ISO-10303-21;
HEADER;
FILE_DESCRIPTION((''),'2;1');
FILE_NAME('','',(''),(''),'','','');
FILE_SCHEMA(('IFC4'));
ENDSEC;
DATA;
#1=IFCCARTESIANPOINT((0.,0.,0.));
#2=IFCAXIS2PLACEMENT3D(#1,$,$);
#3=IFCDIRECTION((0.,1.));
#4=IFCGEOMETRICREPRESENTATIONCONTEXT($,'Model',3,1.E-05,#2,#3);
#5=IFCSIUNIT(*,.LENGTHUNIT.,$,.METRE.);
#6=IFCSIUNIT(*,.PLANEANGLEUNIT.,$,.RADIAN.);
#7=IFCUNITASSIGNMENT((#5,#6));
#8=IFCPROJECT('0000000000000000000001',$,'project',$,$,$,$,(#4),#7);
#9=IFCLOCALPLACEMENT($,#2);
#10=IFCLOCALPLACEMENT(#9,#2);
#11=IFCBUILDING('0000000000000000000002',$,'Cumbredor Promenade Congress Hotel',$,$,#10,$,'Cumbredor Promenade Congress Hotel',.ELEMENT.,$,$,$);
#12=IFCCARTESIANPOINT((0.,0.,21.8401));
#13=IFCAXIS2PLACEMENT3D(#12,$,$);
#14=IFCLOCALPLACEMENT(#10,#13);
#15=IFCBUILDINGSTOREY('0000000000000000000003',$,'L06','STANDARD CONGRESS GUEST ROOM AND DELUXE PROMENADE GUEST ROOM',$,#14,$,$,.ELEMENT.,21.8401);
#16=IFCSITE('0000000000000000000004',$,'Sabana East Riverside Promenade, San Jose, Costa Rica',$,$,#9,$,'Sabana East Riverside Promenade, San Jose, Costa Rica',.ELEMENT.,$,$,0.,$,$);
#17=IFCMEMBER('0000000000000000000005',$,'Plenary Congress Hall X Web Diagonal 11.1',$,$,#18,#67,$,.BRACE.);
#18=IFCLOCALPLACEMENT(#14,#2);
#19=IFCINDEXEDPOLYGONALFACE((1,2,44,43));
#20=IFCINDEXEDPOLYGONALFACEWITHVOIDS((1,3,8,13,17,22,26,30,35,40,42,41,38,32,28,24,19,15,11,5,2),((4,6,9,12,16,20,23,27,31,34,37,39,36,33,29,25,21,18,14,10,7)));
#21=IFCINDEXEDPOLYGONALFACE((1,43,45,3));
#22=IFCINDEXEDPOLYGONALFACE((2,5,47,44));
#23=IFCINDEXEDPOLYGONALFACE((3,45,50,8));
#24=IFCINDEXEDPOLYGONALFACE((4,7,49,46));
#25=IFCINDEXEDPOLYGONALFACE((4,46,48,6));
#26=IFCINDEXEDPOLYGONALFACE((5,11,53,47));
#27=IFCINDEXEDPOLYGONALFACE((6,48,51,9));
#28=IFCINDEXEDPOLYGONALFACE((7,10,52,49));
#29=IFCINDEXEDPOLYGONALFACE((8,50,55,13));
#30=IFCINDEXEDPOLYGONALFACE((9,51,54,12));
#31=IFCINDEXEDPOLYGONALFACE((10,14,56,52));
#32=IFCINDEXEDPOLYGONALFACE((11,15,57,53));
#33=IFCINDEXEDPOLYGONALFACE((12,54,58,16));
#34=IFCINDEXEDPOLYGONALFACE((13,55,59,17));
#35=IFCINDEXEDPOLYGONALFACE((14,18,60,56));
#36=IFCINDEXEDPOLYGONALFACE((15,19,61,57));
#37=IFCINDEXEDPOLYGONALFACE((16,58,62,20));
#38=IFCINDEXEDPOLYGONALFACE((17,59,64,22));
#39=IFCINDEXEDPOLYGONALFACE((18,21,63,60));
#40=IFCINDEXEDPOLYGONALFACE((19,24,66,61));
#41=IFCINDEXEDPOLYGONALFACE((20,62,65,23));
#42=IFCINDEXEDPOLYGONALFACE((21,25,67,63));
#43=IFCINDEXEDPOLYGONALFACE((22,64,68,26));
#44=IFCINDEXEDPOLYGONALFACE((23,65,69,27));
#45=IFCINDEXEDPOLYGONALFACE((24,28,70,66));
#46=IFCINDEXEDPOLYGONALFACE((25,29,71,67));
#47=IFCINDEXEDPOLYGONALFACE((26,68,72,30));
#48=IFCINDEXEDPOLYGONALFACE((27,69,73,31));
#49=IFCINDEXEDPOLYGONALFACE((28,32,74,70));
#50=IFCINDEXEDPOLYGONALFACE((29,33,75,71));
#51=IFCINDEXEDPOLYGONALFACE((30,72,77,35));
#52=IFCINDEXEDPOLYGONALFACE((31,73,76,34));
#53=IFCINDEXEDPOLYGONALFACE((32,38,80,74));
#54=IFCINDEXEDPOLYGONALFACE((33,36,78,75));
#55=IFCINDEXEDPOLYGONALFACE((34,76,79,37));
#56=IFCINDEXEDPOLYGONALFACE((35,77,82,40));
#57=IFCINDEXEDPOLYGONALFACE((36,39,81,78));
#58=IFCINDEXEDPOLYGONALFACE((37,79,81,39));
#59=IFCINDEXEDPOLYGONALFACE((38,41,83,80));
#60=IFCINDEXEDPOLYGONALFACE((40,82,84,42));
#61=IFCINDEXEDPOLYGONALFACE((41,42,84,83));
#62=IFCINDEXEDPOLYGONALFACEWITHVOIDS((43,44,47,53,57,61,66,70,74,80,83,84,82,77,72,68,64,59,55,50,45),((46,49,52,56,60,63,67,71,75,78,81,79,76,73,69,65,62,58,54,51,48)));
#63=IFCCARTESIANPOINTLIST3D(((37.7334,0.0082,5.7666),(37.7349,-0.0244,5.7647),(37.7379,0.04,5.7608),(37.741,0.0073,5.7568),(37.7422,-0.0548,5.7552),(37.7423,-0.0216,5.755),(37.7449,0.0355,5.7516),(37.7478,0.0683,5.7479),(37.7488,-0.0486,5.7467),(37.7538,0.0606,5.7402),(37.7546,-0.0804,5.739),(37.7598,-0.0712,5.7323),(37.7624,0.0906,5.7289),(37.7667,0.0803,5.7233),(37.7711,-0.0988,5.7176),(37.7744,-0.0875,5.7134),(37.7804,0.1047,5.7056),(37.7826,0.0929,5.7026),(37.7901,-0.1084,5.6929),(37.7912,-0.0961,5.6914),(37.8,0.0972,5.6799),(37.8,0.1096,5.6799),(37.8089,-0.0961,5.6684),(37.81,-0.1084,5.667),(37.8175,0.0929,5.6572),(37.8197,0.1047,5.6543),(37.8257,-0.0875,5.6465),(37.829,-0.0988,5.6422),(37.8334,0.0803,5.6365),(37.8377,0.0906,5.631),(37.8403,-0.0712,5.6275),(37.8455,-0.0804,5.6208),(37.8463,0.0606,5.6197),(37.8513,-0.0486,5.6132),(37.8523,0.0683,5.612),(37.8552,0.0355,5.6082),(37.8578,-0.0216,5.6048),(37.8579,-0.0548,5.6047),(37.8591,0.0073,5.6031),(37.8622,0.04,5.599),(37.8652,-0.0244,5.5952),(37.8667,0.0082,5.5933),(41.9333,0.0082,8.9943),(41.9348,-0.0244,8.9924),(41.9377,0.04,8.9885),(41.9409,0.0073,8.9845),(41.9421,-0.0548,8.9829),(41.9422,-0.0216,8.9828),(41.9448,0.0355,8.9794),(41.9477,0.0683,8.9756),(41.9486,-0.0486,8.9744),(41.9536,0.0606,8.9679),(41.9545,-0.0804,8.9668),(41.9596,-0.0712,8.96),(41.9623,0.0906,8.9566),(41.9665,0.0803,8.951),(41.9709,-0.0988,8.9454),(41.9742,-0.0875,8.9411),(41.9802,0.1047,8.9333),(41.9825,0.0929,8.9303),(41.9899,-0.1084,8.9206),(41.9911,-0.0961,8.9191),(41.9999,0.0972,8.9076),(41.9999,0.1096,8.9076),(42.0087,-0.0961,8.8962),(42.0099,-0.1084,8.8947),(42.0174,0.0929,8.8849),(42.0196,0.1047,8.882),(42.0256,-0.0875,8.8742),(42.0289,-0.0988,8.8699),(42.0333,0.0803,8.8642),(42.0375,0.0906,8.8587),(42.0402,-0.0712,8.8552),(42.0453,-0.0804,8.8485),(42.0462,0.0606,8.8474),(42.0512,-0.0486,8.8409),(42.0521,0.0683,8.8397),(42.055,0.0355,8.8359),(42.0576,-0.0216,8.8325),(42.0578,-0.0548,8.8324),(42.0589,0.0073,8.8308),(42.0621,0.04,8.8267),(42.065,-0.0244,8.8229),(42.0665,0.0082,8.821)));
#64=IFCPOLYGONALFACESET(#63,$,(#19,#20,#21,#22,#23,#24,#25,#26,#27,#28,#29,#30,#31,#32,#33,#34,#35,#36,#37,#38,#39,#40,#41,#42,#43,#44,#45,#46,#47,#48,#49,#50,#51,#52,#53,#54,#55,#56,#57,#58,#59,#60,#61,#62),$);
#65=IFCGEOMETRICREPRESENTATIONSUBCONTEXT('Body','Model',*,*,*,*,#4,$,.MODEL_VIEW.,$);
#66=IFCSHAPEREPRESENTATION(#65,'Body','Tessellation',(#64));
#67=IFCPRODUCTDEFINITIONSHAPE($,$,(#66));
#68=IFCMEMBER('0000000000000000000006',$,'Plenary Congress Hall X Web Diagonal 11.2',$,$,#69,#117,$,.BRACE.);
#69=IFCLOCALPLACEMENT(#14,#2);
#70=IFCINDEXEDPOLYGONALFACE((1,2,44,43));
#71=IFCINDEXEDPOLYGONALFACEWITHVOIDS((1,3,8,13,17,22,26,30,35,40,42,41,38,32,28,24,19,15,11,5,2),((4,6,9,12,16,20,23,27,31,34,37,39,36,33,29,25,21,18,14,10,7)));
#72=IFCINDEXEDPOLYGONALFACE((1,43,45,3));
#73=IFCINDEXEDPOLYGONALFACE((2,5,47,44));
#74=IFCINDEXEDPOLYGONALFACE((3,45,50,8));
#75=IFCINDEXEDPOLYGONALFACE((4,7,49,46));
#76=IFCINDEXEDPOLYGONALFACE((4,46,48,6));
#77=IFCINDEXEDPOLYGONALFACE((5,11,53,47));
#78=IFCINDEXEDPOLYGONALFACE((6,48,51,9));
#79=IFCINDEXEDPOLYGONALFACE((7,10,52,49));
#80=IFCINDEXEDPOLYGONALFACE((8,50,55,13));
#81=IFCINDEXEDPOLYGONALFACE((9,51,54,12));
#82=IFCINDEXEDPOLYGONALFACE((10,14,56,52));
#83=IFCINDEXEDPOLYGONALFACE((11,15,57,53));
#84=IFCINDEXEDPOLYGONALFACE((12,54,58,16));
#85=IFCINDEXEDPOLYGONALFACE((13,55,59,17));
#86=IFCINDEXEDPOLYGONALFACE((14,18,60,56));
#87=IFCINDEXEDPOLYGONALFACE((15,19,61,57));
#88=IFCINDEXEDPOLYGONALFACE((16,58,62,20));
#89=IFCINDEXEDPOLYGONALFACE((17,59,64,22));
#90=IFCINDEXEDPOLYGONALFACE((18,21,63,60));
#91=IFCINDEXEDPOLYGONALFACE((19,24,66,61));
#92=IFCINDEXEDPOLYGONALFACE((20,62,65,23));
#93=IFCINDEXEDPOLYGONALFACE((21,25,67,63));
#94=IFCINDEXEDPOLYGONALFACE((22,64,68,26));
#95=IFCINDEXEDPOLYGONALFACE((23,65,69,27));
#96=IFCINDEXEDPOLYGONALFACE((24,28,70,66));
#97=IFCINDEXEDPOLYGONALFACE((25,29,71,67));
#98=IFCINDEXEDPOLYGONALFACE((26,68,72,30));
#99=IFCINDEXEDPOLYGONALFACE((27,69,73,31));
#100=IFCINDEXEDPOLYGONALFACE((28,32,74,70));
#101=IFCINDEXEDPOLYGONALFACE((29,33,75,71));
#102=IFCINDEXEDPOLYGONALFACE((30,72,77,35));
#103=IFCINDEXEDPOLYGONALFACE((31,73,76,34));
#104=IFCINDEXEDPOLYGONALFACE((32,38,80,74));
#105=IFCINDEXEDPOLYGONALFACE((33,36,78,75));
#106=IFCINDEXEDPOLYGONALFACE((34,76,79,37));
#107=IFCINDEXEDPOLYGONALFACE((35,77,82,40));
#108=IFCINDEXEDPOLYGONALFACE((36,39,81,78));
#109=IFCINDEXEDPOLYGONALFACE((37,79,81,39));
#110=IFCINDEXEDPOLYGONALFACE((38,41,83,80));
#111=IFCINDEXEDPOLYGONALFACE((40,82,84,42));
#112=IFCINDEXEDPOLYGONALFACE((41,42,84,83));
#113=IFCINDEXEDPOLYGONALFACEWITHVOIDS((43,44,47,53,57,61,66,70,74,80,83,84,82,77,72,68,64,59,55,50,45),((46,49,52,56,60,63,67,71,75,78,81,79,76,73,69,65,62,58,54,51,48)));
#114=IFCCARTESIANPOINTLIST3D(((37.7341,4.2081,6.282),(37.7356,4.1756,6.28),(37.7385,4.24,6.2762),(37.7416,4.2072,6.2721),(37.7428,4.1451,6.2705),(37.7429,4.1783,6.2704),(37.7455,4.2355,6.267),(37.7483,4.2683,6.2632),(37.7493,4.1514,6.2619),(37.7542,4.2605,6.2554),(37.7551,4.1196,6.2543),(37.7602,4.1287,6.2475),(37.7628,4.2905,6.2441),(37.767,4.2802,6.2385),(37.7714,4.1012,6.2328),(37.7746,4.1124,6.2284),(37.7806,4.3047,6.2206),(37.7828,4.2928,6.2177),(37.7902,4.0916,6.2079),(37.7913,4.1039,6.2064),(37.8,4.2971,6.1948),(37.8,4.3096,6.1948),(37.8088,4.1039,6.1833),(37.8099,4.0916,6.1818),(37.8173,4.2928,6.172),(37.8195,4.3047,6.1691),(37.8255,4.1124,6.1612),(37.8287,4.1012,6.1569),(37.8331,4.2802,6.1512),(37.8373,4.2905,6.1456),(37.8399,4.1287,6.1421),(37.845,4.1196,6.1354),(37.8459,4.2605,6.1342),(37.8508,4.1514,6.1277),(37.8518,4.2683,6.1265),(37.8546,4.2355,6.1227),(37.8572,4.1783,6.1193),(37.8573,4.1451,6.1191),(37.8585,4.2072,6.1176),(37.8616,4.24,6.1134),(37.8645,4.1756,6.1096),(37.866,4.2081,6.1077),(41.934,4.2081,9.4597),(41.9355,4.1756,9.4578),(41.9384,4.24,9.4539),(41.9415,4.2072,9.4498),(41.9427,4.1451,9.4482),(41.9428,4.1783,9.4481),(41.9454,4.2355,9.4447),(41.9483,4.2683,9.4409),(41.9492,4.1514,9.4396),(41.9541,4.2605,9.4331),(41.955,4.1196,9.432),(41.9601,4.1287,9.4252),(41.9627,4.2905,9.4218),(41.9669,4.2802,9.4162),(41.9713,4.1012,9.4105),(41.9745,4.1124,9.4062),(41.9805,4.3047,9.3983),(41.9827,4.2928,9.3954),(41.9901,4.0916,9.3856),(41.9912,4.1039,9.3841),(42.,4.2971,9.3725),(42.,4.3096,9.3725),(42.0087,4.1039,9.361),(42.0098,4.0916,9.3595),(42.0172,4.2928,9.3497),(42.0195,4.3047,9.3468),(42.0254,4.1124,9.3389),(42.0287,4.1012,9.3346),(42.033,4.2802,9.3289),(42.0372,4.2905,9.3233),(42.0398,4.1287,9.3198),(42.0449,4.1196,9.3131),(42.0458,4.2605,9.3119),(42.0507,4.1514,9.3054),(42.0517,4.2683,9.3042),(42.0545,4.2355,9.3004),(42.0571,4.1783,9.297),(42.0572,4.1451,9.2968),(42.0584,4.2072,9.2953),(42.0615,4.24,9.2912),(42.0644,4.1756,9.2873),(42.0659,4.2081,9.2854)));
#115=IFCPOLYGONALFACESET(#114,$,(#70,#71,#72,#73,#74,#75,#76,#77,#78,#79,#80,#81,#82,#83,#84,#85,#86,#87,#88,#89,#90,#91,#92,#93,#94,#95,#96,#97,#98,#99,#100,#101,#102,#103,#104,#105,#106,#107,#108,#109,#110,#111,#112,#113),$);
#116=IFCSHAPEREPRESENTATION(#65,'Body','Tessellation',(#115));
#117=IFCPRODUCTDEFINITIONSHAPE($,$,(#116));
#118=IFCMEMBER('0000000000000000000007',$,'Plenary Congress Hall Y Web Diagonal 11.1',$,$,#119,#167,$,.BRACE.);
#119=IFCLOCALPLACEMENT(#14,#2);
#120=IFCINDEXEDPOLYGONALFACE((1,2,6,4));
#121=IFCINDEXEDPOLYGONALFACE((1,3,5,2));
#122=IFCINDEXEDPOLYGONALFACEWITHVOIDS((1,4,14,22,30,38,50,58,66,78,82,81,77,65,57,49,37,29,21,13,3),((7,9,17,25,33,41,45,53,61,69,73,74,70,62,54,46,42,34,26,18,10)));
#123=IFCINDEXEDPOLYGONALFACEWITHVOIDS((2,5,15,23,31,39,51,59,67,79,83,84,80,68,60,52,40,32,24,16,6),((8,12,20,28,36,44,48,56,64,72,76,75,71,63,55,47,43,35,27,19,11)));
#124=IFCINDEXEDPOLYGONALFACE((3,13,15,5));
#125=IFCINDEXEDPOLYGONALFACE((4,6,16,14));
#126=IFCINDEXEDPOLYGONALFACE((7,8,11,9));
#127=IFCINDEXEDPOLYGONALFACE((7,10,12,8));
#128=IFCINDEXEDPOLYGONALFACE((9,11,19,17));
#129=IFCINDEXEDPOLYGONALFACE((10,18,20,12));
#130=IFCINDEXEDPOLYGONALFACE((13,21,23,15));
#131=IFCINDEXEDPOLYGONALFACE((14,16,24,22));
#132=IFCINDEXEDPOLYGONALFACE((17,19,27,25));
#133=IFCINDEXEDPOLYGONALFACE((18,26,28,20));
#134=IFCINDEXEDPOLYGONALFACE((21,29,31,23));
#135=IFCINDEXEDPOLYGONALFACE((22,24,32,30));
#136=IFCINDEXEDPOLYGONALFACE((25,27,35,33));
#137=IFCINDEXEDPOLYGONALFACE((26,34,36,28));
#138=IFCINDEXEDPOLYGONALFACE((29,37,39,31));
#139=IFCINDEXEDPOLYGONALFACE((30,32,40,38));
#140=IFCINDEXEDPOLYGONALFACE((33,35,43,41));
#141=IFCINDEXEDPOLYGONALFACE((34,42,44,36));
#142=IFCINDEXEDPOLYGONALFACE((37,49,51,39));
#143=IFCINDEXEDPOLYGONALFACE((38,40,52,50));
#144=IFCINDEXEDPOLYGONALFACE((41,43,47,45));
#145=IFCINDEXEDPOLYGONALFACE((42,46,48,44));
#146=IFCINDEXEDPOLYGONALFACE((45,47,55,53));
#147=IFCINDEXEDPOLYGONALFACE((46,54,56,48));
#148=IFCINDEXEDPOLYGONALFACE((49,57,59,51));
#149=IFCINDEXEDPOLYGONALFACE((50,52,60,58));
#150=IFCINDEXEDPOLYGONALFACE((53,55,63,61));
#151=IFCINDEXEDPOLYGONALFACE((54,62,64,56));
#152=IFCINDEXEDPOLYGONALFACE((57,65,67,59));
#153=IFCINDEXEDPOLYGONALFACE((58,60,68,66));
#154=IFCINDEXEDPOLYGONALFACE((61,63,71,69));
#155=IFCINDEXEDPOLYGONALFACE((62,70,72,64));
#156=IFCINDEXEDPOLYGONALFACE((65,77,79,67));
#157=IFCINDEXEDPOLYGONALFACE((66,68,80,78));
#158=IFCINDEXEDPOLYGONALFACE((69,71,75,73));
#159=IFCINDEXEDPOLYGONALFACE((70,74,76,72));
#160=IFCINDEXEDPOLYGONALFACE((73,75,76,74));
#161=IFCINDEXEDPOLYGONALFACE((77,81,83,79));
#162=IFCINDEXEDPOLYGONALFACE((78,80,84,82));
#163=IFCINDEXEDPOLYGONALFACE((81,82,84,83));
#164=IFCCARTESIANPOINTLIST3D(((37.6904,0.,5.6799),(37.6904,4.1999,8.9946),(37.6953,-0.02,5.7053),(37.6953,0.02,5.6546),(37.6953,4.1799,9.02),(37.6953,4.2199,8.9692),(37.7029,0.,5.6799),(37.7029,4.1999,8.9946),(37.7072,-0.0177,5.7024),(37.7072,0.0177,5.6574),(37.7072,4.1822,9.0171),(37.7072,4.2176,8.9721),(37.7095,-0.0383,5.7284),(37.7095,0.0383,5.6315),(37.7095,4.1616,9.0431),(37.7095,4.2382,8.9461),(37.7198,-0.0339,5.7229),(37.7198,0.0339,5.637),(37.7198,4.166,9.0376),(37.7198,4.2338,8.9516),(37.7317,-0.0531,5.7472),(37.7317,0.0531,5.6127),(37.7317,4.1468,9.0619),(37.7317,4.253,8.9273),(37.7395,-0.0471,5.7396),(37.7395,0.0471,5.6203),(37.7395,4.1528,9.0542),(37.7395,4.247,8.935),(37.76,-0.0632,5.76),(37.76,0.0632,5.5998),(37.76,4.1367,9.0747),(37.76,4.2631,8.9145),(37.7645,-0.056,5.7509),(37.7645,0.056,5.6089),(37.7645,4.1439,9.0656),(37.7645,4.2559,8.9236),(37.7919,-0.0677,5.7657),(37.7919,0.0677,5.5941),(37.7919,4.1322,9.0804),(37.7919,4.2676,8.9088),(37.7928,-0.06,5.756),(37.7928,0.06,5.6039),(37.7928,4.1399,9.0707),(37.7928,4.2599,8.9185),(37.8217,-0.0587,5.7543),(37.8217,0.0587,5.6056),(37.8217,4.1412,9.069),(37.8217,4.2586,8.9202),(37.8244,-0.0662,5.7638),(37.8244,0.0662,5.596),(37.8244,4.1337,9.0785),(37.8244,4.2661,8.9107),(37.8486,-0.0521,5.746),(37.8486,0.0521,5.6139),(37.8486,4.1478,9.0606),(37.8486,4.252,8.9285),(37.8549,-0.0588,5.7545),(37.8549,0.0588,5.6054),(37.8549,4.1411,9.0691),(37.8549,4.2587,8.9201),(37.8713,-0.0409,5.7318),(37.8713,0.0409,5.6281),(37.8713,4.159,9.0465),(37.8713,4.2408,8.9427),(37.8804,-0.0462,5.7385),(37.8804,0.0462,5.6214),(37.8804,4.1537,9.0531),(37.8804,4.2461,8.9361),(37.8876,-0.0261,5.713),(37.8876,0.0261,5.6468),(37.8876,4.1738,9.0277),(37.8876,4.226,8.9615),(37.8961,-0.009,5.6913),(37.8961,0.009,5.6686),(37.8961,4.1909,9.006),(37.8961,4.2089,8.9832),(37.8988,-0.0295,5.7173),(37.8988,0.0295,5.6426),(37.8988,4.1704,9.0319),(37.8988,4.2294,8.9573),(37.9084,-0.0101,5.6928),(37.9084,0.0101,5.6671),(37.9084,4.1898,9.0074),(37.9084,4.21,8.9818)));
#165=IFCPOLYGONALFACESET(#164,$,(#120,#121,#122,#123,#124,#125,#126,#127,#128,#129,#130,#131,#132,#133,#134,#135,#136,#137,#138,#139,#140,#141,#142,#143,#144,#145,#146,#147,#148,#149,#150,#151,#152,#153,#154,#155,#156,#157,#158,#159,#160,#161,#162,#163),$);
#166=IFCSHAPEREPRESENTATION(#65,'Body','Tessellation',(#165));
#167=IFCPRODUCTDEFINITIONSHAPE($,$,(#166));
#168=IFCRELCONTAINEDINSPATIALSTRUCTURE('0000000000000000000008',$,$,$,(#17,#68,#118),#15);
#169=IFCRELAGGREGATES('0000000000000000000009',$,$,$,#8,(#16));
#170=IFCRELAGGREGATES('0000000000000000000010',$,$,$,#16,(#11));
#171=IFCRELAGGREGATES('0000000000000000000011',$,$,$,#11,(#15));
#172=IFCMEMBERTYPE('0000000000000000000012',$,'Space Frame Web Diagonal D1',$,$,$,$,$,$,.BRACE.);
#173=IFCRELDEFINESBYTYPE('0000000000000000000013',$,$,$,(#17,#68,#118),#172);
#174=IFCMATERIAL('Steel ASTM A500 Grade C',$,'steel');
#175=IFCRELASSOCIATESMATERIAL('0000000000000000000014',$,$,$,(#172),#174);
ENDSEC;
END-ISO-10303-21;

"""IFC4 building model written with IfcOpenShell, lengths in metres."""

from ifc_helpers import new_model, si_unit, direction, frame, origin, origin_2d, place, context, subcontext, project, spatial, hollow_circle, extrude, material, material_profile, profile_set, type_object, element, save


model = new_model("IFC4")

# Units and contexts
model_context = context("Model", 3, precision=1e-05, world=origin(), true_north=direction((0.0, 1.0)))
body_context = subcontext(model_context, "Body", "Model", "MODEL_VIEW")
ifc_project = project(units=[si_unit("LENGTHUNIT", "METRE"), si_unit("PLANEANGLEUNIT", "RADIAN")], contexts=[model_context])

# Site, building, storey
site_placement = place(None, origin())
site = spatial("IfcSite", under=ifc_project, at=site_placement, Name="Sabana East Riverside Promenade, San Jose, Costa Rica", LongName="Sabana East Riverside Promenade, San Jose, Costa Rica", CompositionType="ELEMENT", RefElevation=0.0)
building_placement = place(site_placement, origin())
building = spatial("IfcBuilding", under=site, at=building_placement, Name="Cumbredor Promenade Congress Hotel", LongName="Cumbredor Promenade Congress Hotel", CompositionType="ELEMENT")
storey_placement = place(building_placement, frame((0.0, 0.0, 21.8401)))
storey = spatial("IfcBuildingStorey", under=building, at=storey_placement, Name="L06", Description="STANDARD CONGRESS GUEST ROOM AND DELUXE PROMENADE GUEST ROOM", CompositionType="ELEMENT", Elevation=21.8401)

# Members
ifc_material_1 = material(Name="Steel ASTM A500 Grade C", Category="steel")
ifc_material_profile_1 = material_profile(ifc_material_1, hollow_circle(Radius=0.1096, WallThickness=0.0125, at=origin_2d()), Name="CHS 219.1x12.5")
ifc_profile_set_1 = profile_set([ifc_material_profile_1], Name="Steel ASTM A500 Grade C")
member_type_1 = type_object("IfcMemberType", Name="Space Frame Web Diagonal D1", PredefinedType="BRACE", material=ifc_profile_set_1)
member_1_placement = place(storey_placement, frame((37.8, 0.0, 5.6799), z_axis=(0.792893, 0.0, 0.609361), x_axis=(0.0, 1.0, 0.0)))
element("IfcMember", 1, at=member_1_placement, inside=storey, type_object=member_type_1, Name="Plenary Congress Hall X Web Diagonal 11.1", PredefinedType="BRACE", context=body_context, shape_type="SweptSolid", body=[
    extrude(hollow_circle(Radius=0.1096, WallThickness=0.0125, at=origin_2d()), origin(), (0.0, 0.0, 1.0), 5.2969),
])
member_2_placement = place(storey_placement, frame((37.8, 4.2, 6.1948), z_axis=(0.797462, 0.0, 0.603369), x_axis=(0.0, 1.0, 0.0)))
element("IfcMember", 2, at=member_2_placement, inside=storey, type_object=member_type_1, Name="Plenary Congress Hall X Web Diagonal 11.2", PredefinedType="BRACE", context=body_context, shape_type="SweptSolid", body=[
    extrude(hollow_circle(Radius=0.1096, WallThickness=0.0125, at=origin_2d()), origin(), (0.0, 0.0, 1.0), 5.2666),
])
member_3_placement = place(storey_placement, frame((37.8, 0.0, 5.6799), z_axis=(0.0, 0.784979, 0.619523), x_axis=(-1.0, 0.0, 0.0)))
element("IfcMember", 3, at=member_3_placement, inside=storey, type_object=member_type_1, Name="Plenary Congress Hall Y Web Diagonal 11.1", PredefinedType="BRACE", context=body_context, shape_type="SweptSolid", body=[
    extrude(hollow_circle(Radius=0.1096, WallThickness=0.0125, at=origin_2d()), origin(), (0.0, 0.0, 1.0), 5.3503),
])

save(model, "model.ifc")
